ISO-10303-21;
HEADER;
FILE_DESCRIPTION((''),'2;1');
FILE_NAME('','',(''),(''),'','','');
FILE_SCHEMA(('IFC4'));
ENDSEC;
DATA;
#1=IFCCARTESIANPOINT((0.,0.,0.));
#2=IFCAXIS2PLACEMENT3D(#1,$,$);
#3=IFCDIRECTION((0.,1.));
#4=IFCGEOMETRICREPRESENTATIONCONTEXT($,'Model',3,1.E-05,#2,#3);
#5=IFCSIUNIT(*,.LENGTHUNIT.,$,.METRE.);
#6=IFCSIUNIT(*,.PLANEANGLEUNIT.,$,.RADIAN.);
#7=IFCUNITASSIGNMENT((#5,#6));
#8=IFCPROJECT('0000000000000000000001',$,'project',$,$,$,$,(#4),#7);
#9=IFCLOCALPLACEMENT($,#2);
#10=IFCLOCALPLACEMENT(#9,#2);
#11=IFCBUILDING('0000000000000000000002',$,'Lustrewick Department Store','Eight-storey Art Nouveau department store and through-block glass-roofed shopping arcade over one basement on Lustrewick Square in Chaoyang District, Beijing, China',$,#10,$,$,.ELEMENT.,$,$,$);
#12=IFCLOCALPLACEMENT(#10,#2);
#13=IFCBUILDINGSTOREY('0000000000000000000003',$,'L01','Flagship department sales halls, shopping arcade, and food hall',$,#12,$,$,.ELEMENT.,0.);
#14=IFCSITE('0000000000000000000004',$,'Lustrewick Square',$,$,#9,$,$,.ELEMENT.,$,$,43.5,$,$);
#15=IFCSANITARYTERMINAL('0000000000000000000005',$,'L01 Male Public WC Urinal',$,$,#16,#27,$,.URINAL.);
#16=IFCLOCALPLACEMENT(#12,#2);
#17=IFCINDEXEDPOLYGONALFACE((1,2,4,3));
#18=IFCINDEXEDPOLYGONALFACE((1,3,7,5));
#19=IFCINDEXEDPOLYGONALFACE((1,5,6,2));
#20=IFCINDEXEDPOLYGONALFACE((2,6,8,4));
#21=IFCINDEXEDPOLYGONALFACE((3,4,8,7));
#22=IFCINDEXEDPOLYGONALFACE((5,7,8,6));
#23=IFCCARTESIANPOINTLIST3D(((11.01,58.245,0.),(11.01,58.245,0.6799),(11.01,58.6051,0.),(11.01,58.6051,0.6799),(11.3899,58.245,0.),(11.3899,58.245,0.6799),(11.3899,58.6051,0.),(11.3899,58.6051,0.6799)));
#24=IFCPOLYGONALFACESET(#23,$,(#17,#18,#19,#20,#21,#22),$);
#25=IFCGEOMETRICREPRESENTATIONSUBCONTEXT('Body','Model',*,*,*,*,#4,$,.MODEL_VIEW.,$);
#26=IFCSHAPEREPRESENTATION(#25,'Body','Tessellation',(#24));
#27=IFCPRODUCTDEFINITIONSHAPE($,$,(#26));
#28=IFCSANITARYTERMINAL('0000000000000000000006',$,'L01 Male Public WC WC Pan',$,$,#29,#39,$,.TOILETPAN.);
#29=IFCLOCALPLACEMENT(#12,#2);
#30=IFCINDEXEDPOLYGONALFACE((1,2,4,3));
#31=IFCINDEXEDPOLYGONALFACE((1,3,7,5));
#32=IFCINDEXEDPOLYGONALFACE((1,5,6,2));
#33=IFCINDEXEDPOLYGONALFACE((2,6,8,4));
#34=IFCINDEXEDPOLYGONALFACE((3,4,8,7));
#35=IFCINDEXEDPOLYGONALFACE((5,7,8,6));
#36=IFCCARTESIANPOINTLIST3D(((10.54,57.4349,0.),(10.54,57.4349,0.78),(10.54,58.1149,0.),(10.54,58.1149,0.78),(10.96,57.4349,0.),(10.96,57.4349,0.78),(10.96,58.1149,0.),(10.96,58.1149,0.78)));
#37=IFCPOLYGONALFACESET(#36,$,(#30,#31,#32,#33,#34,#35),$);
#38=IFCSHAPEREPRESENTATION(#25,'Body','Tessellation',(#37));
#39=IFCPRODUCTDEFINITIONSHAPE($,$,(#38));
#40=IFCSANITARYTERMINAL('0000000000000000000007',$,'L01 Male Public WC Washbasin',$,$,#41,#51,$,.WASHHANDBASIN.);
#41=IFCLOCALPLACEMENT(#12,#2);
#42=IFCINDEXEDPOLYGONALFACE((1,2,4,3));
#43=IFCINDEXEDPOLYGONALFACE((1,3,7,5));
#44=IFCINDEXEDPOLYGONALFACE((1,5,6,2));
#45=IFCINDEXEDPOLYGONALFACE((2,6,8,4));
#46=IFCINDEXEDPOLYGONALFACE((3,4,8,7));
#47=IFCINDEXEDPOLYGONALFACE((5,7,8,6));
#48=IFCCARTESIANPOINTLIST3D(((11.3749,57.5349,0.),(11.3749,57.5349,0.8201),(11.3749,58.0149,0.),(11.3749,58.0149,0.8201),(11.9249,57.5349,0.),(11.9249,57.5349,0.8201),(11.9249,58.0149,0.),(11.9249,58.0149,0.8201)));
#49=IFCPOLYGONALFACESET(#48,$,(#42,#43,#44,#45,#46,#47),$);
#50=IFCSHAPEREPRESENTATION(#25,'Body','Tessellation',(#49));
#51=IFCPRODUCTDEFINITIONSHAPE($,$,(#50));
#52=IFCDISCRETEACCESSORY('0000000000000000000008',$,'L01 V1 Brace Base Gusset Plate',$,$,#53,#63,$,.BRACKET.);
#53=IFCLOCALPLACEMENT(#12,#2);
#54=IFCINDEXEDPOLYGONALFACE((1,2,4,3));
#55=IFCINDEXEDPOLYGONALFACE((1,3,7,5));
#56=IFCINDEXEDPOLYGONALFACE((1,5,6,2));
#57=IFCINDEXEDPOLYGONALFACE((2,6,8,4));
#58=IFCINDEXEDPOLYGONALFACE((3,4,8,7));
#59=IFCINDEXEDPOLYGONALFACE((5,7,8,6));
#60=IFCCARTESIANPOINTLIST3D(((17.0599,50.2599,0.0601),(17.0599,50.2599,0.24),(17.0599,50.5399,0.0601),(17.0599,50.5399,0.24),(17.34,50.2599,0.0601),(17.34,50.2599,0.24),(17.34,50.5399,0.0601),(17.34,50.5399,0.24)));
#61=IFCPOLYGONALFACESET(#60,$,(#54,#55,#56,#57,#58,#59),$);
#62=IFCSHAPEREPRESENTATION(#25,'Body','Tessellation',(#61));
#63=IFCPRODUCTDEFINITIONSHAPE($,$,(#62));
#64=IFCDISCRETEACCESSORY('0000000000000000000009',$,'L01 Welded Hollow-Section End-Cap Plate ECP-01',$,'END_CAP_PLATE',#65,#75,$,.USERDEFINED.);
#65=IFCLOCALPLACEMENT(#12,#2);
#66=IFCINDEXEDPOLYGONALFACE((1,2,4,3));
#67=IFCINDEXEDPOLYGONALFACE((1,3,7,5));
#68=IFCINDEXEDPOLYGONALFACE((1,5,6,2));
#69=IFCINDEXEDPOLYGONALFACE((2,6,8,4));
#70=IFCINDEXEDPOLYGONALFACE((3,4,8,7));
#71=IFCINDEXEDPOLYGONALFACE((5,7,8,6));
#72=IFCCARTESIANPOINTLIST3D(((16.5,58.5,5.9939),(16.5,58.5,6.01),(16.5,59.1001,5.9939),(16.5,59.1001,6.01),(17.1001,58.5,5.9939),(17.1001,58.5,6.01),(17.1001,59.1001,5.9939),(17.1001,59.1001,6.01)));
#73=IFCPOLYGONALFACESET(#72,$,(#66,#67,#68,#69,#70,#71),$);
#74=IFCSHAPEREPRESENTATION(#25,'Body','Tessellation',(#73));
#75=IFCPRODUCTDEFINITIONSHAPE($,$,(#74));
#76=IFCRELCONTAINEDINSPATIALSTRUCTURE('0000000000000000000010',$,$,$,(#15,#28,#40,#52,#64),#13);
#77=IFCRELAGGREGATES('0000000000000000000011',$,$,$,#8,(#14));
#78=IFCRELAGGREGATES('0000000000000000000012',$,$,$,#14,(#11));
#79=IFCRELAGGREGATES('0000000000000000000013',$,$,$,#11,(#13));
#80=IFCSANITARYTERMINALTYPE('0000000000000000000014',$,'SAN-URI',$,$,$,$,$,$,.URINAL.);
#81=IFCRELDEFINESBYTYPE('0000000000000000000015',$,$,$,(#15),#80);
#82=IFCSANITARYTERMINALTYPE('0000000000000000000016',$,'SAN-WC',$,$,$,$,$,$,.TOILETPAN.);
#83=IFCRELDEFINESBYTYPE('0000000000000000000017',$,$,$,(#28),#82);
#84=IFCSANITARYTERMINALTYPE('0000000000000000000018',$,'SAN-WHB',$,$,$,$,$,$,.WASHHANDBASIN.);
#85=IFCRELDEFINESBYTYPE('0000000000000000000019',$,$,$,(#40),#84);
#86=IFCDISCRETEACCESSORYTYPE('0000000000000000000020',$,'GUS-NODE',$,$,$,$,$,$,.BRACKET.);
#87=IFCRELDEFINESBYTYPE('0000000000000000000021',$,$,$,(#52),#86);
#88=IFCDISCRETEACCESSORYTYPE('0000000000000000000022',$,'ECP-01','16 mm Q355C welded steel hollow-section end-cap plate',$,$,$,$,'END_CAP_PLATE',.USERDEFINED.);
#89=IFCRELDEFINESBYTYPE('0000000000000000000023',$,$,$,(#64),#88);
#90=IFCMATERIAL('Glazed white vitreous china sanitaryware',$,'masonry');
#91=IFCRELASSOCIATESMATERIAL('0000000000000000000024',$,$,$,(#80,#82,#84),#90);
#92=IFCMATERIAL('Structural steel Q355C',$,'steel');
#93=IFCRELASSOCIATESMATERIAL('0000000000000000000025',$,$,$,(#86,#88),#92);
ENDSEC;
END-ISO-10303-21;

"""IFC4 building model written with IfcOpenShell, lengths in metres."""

from ifc_helpers import new_model, si_unit, direction, frame, origin, origin_2d, place, context, subcontext, project, spatial, rectangle, extrude, material, type_object, element, save


model = new_model("IFC4")

# Units and contexts
model_context = context("Model", 3, precision=1e-05, world=origin(), true_north=direction((0.0, 1.0)))
body_context = subcontext(model_context, "Body", "Model", "MODEL_VIEW")
ifc_project = project(units=[si_unit("LENGTHUNIT", "METRE"), si_unit("PLANEANGLEUNIT", "RADIAN")], contexts=[model_context])

# Site, building, storey
site_placement = place(None, origin())
site = spatial("IfcSite", under=ifc_project, at=site_placement, Name="Lustrewick Square", CompositionType="ELEMENT", RefElevation=43.5)
building_placement = place(site_placement, origin())
building = spatial("IfcBuilding", under=site, at=building_placement, Name="Lustrewick Department Store", Description="Eight-storey Art Nouveau department store and through-block glass-roofed shopping arcade over one basement on Lustrewick Square in Chaoyang District, Beijing, China", CompositionType="ELEMENT")
storey_placement = place(building_placement, origin())
storey = spatial("IfcBuildingStorey", under=building, at=storey_placement, Name="L01", Description="Flagship department sales halls, shopping arcade, and food hall", CompositionType="ELEMENT", Elevation=0.0)

# Shared definitions
ifc_material_1 = material(Name="Structural steel Q355C", Category="steel")

# Sanitary terminals
ifc_material_2 = material(Name="Glazed white vitreous china sanitaryware", Category="masonry")
sanitary_terminal_type_1 = type_object("IfcSanitaryTerminalType", Name="SAN-URI", PredefinedType="URINAL", material=ifc_material_2)
sanitary_terminal_1_placement = place(storey_placement, frame((11.2, 58.425, 0.0), z_axis=(0.0, 0.0, 1.0), x_axis=(1.0, 0.0, 0.0)))
element("IfcSanitaryTerminal", 1, at=sanitary_terminal_1_placement, inside=storey, type_object=sanitary_terminal_type_1, Name="L01 Male Public WC Urinal", PredefinedType="URINAL", context=body_context, shape_type="SweptSolid", body=[
    extrude(rectangle(XDim=0.3799, YDim=0.3601, at=origin_2d()), origin(), (0.0, 0.0, 1.0), 0.6799),
])
sanitary_terminal_type_2 = type_object("IfcSanitaryTerminalType", Name="SAN-WC", PredefinedType="TOILETPAN", material=ifc_material_2)
sanitary_terminal_2_placement = place(storey_placement, frame((10.75, 57.7749, 0.0), z_axis=(0.0, 0.0, 1.0), x_axis=(1.0, 0.0, 0.0)))
element("IfcSanitaryTerminal", 2, at=sanitary_terminal_2_placement, inside=storey, type_object=sanitary_terminal_type_2, Name="L01 Male Public WC WC Pan", PredefinedType="TOILETPAN", context=body_context, shape_type="SweptSolid", body=[
    extrude(rectangle(XDim=0.4199, YDim=0.6799, at=origin_2d()), origin(), (0.0, 0.0, 1.0), 0.78),
])
sanitary_terminal_type_3 = type_object("IfcSanitaryTerminalType", Name="SAN-WHB", PredefinedType="WASHHANDBASIN", material=ifc_material_2)
sanitary_terminal_3_placement = place(storey_placement, frame((11.6499, 57.7749, 0.0), z_axis=(0.0, 0.0, 1.0), x_axis=(1.0, 0.0, 0.0)))
element("IfcSanitaryTerminal", 3, at=sanitary_terminal_3_placement, inside=storey, type_object=sanitary_terminal_type_3, Name="L01 Male Public WC Washbasin", PredefinedType="WASHHANDBASIN", context=body_context, shape_type="SweptSolid", body=[
    extrude(rectangle(XDim=0.55, YDim=0.48, at=origin_2d()), origin(), (0.0, 0.0, 1.0), 0.8201),
])

# Discrete accessories
discrete_accessory_type_1 = type_object("IfcDiscreteAccessoryType", Name="GUS-NODE", PredefinedType="BRACKET", material=ifc_material_1)
discrete_accessory_1_placement = place(storey_placement, frame((17.2, 50.3999, 0.0601), z_axis=(0.0, 0.0, 1.0), x_axis=(1.0, 0.0, 0.0)))
element("IfcDiscreteAccessory", 4, at=discrete_accessory_1_placement, inside=storey, type_object=discrete_accessory_type_1, Name="L01 V1 Brace Base Gusset Plate", PredefinedType="BRACKET", context=body_context, shape_type="SweptSolid", body=[
    extrude(rectangle(XDim=0.28, YDim=0.28, at=origin_2d()), origin(), (0.0, 0.0, 1.0), 0.1799),
])
discrete_accessory_type_2 = type_object("IfcDiscreteAccessoryType", Name="ECP-01", Description="16 mm Q355C welded steel hollow-section end-cap plate", ElementType="END_CAP_PLATE", PredefinedType="USERDEFINED", material=ifc_material_1)
discrete_accessory_2_placement = place(storey_placement, frame((16.8, 58.8, 5.9939), z_axis=(0.0, 0.0, 1.0), x_axis=(1.0, 0.0, 0.0)))
element("IfcDiscreteAccessory", 5, at=discrete_accessory_2_placement, inside=storey, type_object=discrete_accessory_type_2, Name="L01 Welded Hollow-Section End-Cap Plate ECP-01", ObjectType="END_CAP_PLATE", PredefinedType="USERDEFINED", context=body_context, shape_type="SweptSolid", body=[
    extrude(rectangle(XDim=0.6001, YDim=0.6001, at=origin_2d()), origin(), (0.0, 0.0, 1.0), 0.0161),
])

save(model, "model.ifc")
